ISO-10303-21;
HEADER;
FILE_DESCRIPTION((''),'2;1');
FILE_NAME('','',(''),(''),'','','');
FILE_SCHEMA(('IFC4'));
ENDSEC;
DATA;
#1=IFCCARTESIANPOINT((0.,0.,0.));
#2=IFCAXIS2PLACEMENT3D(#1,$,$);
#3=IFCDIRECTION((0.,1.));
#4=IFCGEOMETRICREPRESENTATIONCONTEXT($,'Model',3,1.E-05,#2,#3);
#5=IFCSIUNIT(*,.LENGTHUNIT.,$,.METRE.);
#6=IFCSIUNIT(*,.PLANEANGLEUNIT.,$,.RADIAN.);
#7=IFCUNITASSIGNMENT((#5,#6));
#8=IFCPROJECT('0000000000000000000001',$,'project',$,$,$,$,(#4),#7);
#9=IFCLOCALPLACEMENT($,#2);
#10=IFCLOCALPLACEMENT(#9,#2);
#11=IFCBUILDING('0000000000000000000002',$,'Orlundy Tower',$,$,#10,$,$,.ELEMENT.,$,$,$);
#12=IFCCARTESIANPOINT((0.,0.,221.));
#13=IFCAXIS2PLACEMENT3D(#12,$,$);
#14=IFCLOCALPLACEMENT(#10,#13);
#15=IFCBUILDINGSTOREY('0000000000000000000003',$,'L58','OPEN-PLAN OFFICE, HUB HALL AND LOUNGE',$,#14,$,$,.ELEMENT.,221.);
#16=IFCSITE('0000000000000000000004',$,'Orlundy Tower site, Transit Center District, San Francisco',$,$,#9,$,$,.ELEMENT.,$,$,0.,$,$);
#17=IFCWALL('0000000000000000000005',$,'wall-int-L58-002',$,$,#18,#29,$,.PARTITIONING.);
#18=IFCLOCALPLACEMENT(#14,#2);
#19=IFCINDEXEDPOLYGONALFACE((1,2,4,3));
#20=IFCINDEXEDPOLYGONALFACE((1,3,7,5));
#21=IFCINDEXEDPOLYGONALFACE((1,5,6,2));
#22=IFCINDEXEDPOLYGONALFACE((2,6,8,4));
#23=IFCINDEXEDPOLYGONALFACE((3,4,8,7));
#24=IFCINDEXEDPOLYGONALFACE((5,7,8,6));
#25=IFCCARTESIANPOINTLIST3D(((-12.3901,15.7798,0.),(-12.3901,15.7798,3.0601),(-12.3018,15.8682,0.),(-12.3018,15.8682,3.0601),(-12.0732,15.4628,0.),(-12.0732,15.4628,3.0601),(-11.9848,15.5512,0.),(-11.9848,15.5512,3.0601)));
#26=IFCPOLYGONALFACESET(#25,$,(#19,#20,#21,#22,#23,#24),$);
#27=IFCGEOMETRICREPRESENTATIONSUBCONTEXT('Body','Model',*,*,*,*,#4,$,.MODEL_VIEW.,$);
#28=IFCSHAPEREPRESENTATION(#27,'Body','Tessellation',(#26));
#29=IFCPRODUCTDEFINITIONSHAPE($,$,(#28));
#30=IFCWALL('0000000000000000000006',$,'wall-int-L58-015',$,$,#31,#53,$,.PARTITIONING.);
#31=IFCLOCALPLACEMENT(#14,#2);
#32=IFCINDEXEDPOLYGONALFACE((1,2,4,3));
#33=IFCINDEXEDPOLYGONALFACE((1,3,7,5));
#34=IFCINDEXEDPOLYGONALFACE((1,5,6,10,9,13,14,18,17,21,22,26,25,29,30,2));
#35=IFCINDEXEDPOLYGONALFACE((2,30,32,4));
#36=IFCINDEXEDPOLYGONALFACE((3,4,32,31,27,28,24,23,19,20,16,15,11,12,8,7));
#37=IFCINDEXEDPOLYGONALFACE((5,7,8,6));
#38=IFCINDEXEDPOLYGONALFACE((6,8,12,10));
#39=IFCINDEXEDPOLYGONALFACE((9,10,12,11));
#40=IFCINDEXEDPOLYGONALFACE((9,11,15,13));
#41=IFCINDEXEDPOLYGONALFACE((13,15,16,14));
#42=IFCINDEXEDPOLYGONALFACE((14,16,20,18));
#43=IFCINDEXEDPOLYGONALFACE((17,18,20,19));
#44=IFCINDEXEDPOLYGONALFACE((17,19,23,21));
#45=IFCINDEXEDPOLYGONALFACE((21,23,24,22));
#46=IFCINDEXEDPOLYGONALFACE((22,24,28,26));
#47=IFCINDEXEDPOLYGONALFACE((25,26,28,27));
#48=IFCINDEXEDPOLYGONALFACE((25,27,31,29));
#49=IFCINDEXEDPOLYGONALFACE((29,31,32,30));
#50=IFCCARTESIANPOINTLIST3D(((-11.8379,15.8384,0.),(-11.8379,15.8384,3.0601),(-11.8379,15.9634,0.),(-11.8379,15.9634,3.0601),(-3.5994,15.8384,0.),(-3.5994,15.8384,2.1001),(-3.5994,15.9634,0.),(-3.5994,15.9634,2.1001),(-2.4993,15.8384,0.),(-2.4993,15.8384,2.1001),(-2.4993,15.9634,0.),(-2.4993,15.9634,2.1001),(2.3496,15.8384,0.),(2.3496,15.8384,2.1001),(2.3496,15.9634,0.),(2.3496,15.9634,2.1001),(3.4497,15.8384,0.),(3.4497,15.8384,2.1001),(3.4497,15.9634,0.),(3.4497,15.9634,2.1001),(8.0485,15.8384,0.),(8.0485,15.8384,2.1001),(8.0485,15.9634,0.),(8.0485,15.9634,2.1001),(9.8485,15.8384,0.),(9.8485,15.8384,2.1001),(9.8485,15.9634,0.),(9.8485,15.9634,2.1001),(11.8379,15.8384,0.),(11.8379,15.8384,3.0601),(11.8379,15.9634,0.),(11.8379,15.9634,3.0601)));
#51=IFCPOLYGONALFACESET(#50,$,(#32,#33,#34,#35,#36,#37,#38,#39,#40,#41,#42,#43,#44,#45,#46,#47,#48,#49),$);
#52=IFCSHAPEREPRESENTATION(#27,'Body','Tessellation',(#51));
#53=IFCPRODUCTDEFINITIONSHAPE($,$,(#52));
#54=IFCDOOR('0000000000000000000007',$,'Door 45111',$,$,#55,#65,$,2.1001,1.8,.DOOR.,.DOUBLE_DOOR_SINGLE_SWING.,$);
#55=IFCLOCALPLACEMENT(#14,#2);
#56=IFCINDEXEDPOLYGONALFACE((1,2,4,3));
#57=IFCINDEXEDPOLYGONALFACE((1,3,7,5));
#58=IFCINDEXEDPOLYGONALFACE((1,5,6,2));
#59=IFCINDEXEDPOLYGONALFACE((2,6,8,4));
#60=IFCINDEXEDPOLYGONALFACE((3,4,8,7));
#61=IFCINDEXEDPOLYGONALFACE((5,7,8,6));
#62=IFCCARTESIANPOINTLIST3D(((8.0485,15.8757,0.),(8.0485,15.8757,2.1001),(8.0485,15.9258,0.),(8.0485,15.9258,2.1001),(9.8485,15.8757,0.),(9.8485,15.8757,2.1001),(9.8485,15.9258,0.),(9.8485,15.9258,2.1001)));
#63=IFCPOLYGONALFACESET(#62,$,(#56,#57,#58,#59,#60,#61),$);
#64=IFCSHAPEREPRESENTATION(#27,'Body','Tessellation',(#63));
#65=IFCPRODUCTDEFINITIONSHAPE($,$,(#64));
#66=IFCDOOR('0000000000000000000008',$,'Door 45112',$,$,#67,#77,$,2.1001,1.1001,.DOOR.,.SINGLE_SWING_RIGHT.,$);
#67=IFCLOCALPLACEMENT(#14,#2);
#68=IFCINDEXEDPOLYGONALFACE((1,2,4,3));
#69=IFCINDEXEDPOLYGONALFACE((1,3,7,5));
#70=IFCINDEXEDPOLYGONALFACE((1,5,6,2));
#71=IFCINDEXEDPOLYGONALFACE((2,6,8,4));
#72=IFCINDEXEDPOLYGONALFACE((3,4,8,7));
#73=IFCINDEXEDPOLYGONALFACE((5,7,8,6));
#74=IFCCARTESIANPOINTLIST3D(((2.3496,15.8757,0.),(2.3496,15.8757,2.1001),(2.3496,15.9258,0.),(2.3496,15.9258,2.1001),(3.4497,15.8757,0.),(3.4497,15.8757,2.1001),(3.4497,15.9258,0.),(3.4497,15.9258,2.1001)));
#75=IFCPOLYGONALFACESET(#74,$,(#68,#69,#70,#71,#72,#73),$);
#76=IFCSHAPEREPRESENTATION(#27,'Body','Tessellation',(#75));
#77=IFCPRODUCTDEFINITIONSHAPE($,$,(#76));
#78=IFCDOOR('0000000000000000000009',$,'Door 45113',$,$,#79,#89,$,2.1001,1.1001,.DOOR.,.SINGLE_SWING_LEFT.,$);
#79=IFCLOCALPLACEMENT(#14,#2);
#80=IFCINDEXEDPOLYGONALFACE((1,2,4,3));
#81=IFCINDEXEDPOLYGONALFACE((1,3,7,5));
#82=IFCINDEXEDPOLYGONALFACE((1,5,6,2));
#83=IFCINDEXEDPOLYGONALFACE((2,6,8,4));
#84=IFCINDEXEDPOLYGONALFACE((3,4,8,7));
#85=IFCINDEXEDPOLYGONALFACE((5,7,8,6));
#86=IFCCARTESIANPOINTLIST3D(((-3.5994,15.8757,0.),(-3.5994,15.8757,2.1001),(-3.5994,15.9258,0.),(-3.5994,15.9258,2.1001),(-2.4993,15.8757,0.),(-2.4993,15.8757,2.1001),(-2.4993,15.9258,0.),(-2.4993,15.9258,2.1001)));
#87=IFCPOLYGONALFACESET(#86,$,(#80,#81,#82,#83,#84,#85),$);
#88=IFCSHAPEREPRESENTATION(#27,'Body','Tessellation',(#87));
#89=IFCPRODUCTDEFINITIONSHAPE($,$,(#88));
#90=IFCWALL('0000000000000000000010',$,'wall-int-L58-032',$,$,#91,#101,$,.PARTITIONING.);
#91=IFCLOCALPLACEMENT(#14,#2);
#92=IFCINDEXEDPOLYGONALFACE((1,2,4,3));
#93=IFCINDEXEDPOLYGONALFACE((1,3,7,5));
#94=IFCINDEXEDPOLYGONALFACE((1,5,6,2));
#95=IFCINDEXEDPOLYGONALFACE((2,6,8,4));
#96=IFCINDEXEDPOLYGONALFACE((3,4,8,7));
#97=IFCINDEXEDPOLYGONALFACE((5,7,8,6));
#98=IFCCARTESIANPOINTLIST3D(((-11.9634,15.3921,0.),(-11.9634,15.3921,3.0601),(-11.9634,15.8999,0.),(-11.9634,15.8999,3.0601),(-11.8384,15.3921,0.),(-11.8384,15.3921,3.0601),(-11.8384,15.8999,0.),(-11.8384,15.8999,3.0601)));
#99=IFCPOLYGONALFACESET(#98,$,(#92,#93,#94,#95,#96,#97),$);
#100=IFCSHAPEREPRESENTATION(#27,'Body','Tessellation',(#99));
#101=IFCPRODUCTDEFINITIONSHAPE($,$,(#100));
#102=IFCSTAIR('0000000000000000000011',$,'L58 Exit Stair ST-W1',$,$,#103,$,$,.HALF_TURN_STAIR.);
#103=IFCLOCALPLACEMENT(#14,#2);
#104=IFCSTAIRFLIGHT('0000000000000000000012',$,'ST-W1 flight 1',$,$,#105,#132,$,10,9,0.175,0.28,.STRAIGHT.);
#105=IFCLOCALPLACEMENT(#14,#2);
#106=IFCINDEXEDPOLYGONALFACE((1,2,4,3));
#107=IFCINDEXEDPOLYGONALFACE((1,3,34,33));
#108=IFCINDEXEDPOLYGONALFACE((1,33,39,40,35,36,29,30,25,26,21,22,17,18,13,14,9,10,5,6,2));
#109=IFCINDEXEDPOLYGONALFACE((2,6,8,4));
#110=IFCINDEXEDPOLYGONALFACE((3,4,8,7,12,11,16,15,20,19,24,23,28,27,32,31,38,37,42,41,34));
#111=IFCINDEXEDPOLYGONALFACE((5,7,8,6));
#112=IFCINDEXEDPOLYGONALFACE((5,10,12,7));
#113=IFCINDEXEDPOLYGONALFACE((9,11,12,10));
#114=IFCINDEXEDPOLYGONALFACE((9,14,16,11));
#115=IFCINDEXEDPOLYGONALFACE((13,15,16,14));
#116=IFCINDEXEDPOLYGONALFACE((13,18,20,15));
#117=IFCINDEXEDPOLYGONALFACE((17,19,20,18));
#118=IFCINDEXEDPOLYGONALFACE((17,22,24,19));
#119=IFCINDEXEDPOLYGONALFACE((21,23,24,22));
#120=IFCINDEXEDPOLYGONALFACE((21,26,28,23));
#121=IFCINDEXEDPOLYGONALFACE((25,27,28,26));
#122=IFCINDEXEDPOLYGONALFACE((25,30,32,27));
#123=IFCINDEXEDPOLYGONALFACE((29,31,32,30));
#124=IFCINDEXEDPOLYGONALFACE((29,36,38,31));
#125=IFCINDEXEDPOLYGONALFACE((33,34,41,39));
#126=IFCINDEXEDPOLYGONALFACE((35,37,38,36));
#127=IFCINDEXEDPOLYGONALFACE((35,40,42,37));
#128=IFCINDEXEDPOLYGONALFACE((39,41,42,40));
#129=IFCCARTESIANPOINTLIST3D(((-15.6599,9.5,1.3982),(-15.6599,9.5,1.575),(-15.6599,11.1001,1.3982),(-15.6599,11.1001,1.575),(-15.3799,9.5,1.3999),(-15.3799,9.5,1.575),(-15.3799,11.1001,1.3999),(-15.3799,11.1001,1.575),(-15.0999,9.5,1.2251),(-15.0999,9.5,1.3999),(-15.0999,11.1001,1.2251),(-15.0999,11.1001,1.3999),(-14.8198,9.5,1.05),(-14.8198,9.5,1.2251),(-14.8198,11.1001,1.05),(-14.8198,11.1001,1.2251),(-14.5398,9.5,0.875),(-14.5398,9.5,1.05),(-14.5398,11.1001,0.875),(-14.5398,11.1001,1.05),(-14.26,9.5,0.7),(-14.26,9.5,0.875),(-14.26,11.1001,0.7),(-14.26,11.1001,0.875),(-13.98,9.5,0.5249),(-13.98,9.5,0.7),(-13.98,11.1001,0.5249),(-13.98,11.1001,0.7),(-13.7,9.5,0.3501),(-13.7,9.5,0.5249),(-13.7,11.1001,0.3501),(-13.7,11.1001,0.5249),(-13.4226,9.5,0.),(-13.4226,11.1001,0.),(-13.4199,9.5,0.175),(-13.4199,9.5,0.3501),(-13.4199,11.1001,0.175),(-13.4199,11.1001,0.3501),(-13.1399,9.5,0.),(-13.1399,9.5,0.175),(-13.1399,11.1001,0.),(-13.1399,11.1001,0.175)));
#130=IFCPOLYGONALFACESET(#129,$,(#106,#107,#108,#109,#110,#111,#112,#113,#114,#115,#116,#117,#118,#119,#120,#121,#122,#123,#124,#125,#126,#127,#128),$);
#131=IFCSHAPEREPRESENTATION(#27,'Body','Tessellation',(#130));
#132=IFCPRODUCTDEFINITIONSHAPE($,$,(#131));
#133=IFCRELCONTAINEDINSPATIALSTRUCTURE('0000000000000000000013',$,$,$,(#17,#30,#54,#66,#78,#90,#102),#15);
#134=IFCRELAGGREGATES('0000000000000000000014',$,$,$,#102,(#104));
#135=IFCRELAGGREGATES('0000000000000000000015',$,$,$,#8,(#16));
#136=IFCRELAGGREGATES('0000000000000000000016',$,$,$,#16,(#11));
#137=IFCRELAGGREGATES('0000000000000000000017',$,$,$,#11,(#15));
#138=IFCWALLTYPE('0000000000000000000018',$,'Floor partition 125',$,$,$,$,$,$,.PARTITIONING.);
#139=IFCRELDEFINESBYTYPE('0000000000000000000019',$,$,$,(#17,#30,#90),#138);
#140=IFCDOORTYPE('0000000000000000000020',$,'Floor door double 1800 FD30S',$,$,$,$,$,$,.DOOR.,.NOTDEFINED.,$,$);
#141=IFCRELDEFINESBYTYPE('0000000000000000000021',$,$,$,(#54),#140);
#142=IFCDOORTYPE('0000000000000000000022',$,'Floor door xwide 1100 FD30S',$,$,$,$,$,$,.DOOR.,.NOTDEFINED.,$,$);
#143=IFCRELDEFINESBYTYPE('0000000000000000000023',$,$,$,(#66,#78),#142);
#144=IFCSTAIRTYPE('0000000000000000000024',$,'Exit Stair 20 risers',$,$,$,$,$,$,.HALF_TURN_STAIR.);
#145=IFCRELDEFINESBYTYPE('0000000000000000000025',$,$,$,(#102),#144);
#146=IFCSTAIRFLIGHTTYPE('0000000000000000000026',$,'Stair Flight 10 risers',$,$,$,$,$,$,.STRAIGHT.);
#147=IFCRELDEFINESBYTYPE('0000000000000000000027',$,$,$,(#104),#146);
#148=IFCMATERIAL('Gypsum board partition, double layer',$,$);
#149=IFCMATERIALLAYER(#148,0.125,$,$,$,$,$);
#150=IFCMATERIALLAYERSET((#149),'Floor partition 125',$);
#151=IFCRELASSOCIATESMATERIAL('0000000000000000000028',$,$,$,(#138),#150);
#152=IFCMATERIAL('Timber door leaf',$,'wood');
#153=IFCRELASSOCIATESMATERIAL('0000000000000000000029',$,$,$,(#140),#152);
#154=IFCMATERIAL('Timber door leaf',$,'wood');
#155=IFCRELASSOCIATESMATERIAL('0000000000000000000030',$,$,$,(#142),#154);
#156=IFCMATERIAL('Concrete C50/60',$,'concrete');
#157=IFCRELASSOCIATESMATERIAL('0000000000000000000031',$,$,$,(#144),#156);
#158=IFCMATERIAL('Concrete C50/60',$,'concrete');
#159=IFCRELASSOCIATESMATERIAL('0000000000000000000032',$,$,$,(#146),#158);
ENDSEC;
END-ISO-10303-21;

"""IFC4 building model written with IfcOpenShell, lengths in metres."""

from ifc_helpers import new_model, si_unit, direction, frame, frame_2d, origin, place, context, subcontext, project, spatial, polyline, rectangle, outline, extrude, material, layer, layer_set, type_object, element, fill, aggregate, save


model = new_model("IFC4")

# Units and contexts
model_context = context("Model", 3, precision=1e-05, world=origin(), true_north=direction((0.0, 1.0)))
body_context = subcontext(model_context, "Body", "Model", "MODEL_VIEW")
ifc_project = project(units=[si_unit("LENGTHUNIT", "METRE"), si_unit("PLANEANGLEUNIT", "RADIAN")], contexts=[model_context])

# Site, building, storey
site_placement = place(None, origin())
site = spatial("IfcSite", under=ifc_project, at=site_placement, Name="Orlundy Tower site, Transit Center District, San Francisco", CompositionType="ELEMENT", RefElevation=0.0)
building_placement = place(site_placement, origin())
building = spatial("IfcBuilding", under=site, at=building_placement, Name="Orlundy Tower", CompositionType="ELEMENT")
storey_placement = place(building_placement, frame((0.0, 0.0, 221.0)))
storey = spatial("IfcBuildingStorey", under=building, at=storey_placement, Name="L58", Description="OPEN-PLAN OFFICE, HUB HALL AND LOUNGE", CompositionType="ELEMENT", Elevation=221.0)

# Wall
ifc_material_1 = material(Name="Gypsum board partition, double layer")
ifc_layer_1 = layer(ifc_material_1, 0.125)
ifc_layer_set_1 = layer_set([ifc_layer_1], Name="Floor partition 125")
wall_type_1 = type_object("IfcWallType", Name="Floor partition 125", PredefinedType="PARTITIONING", material=ifc_layer_set_1)
wall_1_placement = place(storey_placement, frame((-12.3459, 15.824, 0.0), z_axis=(0.0, 0.0, 1.0), x_axis=(0.707107, -0.707107, 0.0)))
element("IfcWall", 1, at=wall_1_placement, inside=storey, type_object=wall_type_1, Name="wall-int-L58-002", PredefinedType="PARTITIONING", context=body_context, shape_type="SweptSolid", body=[
    extrude(rectangle(XDim=0.4482, YDim=0.125, at=frame_2d((0.2241, 0.0))), origin(), (0.0, 0.0, 1.0), 3.0601),
])

# Wall, openings, doors
wall_2_placement = place(storey_placement, frame((-11.8379, 15.9009, 0.0), z_axis=(0.0, 0.0, 1.0), x_axis=(1.0, 0.0, 0.0)))
wall_2 = element("IfcWall", 2, at=wall_2_placement, inside=storey, type_object=wall_type_1, Name="wall-int-L58-015", PredefinedType="PARTITIONING", context=body_context, shape_type="SweptSolid", body=[
    extrude(rectangle(XDim=23.6758, YDim=0.125, at=frame_2d((11.8379, 0.0))), origin(), (0.0, 0.0, 1.0), 3.0601),
])
opening_1_placement = place(wall_2_placement, frame((19.8865, 0.0, 0.0)))
opening_1 = element("IfcOpeningElement", 3, at=opening_1_placement, cuts=wall_2, PredefinedType="OPENING", context=body_context, shape_type="SweptSolid", body=[
    extrude(rectangle(XDim=1.8, YDim=2.1001, at=frame_2d((0.8999, 1.05))), frame((0.0, 0.0725, 0.0), z_axis=(0.0, -1.0, 0.0), x_axis=(1.0, 0.0, 0.0)), (0.0, 0.0, 1.0), 0.145),
])
opening_2_placement = place(wall_2_placement, frame((14.1875, 0.0, 0.0)))
opening_2 = element("IfcOpeningElement", 4, at=opening_2_placement, cuts=wall_2, PredefinedType="OPENING", context=body_context, shape_type="SweptSolid", body=[
    extrude(rectangle(XDim=1.1001, YDim=2.1001, at=frame_2d((0.55, 1.05))), frame((0.0, 0.0725, 0.0), z_axis=(0.0, -1.0, 0.0), x_axis=(1.0, 0.0, 0.0)), (0.0, 0.0, 1.0), 0.145),
])
opening_3_placement = place(wall_2_placement, frame((8.2385, 0.0, 0.0)))
opening_3 = element("IfcOpeningElement", 5, at=opening_3_placement, cuts=wall_2, PredefinedType="OPENING", context=body_context, shape_type="SweptSolid", body=[
    extrude(rectangle(XDim=1.1001, YDim=2.1001, at=frame_2d((0.55, 1.05))), frame((0.0, 0.0725, 0.0), z_axis=(0.0, -1.0, 0.0), x_axis=(1.0, 0.0, 0.0)), (0.0, 0.0, 1.0), 0.145),
])
ifc_material_2 = material(Name="Timber door leaf", Category="wood")
door_type_1 = type_object("IfcDoorType", Name="Floor door double 1800 FD30S", OperationType="NOTDEFINED", PredefinedType="DOOR", material=ifc_material_2)
door_1_placement = place(opening_1_placement, origin())
door_1 = element("IfcDoor", 6, at=door_1_placement, inside=storey, type_object=door_type_1, Name="Door 45111", OperationType="DOUBLE_DOOR_SINGLE_SWING", OverallHeight=2.1001, OverallWidth=1.8, PredefinedType="DOOR", context=body_context, shape_type="SweptSolid", body=[
    extrude(rectangle(XDim=1.8, YDim=2.1001, at=frame_2d((0.8999, 1.05))), frame((0.0, 0.0249, 0.0), z_axis=(0.0, -1.0, 0.0), x_axis=(1.0, 0.0, 0.0)), (0.0, 0.0, 1.0), 0.05),
])
fill(opening_1, door_1)
ifc_material_3 = material(Name="Timber door leaf", Category="wood")
door_type_2 = type_object("IfcDoorType", Name="Floor door xwide 1100 FD30S", OperationType="NOTDEFINED", PredefinedType="DOOR", material=ifc_material_3)
door_2_placement = place(opening_2_placement, origin())
door_2 = element("IfcDoor", 7, at=door_2_placement, inside=storey, type_object=door_type_2, Name="Door 45112", OperationType="SINGLE_SWING_RIGHT", OverallHeight=2.1001, OverallWidth=1.1001, PredefinedType="DOOR", context=body_context, shape_type="SweptSolid", body=[
    extrude(rectangle(XDim=1.1001, YDim=2.1001, at=frame_2d((0.55, 1.05))), frame((0.0, 0.0249, 0.0), z_axis=(0.0, -1.0, 0.0), x_axis=(1.0, 0.0, 0.0)), (0.0, 0.0, 1.0), 0.05),
])
fill(opening_2, door_2)
door_3_placement = place(opening_3_placement, origin())
door_3 = element("IfcDoor", 8, at=door_3_placement, inside=storey, type_object=door_type_2, Name="Door 45113", OperationType="SINGLE_SWING_LEFT", OverallHeight=2.1001, OverallWidth=1.1001, PredefinedType="DOOR", context=body_context, shape_type="SweptSolid", body=[
    extrude(rectangle(XDim=1.1001, YDim=2.1001, at=frame_2d((0.55, 1.05))), frame((0.0, 0.0249, 0.0), z_axis=(0.0, -1.0, 0.0), x_axis=(1.0, 0.0, 0.0)), (0.0, 0.0, 1.0), 0.05),
])
fill(opening_3, door_3)

# Wall
wall_3_placement = place(storey_placement, frame((-11.9009, 15.3921, 0.0), z_axis=(0.0, 0.0, 1.0), x_axis=(0.0, 1.0, 0.0)))
element("IfcWall", 9, at=wall_3_placement, inside=storey, type_object=wall_type_1, Name="wall-int-L58-032", PredefinedType="PARTITIONING", context=body_context, shape_type="SweptSolid", body=[
    extrude(rectangle(XDim=0.5078, YDim=0.125, at=frame_2d((0.2539, 0.0))), origin(), (0.0, 0.0, 1.0), 3.0601),
])

# Stair, stair flight
ifc_material_4 = material(Name="Concrete C50/60", Category="concrete")
stair_type = type_object("IfcStairType", Name="Exit Stair 20 risers", PredefinedType="HALF_TURN_STAIR", material=ifc_material_4)
stair_placement = place(storey_placement, origin())
stair = element("IfcStair", 10, at=stair_placement, inside=storey, type_object=stair_type, Name="L58 Exit Stair ST-W1", PredefinedType="HALF_TURN_STAIR")
ifc_material_5 = material(Name="Concrete C50/60", Category="concrete")
stair_flight_type = type_object("IfcStairFlightType", Name="Stair Flight 10 risers", PredefinedType="STRAIGHT", material=ifc_material_5)
stair_flight_placement = place(storey_placement, frame((-13.1399, 10.3, 0.0), z_axis=(0.0, 0.0, 1.0), x_axis=(-1.0, 0.0, 0.0)))
stair_flight = element("IfcStairFlight", 11, at=stair_flight_placement, type_object=stair_flight_type, Name="ST-W1 flight 1", NumberOfRisers=10, NumberOfTreads=9, PredefinedType="STRAIGHT", RiserHeight=0.175, TreadLength=0.28, context=body_context, shape_type="SweptSolid", body=[
    extrude(outline(polyline([(0.0, 0.0), (0.0, 0.175), (0.28, 0.175), (0.28, 0.3501), (0.5601, 0.3501), (0.5601, 0.5249), (0.8401, 0.5249), (0.8401, 0.7), (1.1201, 0.7), (1.1201, 0.875), (1.3999, 0.875), (1.3999, 1.05), (1.6799, 1.05), (1.6799, 1.2251), (1.96, 1.2251), (1.96, 1.3999), (2.24, 1.3999), (2.24, 1.575), (2.52, 1.575), (2.52, 1.75), (2.52, 1.3982), (0.2827, 0.0), (0.0, 0.0)])), frame((0.0, 0.8, 0.0), z_axis=(0.0, -1.0, 0.0), x_axis=(1.0, 0.0, 0.0)), (0.0, 0.0, 1.0), 1.6001),
])
aggregate(stair, [stair_flight])

save(model, "model.ifc")
